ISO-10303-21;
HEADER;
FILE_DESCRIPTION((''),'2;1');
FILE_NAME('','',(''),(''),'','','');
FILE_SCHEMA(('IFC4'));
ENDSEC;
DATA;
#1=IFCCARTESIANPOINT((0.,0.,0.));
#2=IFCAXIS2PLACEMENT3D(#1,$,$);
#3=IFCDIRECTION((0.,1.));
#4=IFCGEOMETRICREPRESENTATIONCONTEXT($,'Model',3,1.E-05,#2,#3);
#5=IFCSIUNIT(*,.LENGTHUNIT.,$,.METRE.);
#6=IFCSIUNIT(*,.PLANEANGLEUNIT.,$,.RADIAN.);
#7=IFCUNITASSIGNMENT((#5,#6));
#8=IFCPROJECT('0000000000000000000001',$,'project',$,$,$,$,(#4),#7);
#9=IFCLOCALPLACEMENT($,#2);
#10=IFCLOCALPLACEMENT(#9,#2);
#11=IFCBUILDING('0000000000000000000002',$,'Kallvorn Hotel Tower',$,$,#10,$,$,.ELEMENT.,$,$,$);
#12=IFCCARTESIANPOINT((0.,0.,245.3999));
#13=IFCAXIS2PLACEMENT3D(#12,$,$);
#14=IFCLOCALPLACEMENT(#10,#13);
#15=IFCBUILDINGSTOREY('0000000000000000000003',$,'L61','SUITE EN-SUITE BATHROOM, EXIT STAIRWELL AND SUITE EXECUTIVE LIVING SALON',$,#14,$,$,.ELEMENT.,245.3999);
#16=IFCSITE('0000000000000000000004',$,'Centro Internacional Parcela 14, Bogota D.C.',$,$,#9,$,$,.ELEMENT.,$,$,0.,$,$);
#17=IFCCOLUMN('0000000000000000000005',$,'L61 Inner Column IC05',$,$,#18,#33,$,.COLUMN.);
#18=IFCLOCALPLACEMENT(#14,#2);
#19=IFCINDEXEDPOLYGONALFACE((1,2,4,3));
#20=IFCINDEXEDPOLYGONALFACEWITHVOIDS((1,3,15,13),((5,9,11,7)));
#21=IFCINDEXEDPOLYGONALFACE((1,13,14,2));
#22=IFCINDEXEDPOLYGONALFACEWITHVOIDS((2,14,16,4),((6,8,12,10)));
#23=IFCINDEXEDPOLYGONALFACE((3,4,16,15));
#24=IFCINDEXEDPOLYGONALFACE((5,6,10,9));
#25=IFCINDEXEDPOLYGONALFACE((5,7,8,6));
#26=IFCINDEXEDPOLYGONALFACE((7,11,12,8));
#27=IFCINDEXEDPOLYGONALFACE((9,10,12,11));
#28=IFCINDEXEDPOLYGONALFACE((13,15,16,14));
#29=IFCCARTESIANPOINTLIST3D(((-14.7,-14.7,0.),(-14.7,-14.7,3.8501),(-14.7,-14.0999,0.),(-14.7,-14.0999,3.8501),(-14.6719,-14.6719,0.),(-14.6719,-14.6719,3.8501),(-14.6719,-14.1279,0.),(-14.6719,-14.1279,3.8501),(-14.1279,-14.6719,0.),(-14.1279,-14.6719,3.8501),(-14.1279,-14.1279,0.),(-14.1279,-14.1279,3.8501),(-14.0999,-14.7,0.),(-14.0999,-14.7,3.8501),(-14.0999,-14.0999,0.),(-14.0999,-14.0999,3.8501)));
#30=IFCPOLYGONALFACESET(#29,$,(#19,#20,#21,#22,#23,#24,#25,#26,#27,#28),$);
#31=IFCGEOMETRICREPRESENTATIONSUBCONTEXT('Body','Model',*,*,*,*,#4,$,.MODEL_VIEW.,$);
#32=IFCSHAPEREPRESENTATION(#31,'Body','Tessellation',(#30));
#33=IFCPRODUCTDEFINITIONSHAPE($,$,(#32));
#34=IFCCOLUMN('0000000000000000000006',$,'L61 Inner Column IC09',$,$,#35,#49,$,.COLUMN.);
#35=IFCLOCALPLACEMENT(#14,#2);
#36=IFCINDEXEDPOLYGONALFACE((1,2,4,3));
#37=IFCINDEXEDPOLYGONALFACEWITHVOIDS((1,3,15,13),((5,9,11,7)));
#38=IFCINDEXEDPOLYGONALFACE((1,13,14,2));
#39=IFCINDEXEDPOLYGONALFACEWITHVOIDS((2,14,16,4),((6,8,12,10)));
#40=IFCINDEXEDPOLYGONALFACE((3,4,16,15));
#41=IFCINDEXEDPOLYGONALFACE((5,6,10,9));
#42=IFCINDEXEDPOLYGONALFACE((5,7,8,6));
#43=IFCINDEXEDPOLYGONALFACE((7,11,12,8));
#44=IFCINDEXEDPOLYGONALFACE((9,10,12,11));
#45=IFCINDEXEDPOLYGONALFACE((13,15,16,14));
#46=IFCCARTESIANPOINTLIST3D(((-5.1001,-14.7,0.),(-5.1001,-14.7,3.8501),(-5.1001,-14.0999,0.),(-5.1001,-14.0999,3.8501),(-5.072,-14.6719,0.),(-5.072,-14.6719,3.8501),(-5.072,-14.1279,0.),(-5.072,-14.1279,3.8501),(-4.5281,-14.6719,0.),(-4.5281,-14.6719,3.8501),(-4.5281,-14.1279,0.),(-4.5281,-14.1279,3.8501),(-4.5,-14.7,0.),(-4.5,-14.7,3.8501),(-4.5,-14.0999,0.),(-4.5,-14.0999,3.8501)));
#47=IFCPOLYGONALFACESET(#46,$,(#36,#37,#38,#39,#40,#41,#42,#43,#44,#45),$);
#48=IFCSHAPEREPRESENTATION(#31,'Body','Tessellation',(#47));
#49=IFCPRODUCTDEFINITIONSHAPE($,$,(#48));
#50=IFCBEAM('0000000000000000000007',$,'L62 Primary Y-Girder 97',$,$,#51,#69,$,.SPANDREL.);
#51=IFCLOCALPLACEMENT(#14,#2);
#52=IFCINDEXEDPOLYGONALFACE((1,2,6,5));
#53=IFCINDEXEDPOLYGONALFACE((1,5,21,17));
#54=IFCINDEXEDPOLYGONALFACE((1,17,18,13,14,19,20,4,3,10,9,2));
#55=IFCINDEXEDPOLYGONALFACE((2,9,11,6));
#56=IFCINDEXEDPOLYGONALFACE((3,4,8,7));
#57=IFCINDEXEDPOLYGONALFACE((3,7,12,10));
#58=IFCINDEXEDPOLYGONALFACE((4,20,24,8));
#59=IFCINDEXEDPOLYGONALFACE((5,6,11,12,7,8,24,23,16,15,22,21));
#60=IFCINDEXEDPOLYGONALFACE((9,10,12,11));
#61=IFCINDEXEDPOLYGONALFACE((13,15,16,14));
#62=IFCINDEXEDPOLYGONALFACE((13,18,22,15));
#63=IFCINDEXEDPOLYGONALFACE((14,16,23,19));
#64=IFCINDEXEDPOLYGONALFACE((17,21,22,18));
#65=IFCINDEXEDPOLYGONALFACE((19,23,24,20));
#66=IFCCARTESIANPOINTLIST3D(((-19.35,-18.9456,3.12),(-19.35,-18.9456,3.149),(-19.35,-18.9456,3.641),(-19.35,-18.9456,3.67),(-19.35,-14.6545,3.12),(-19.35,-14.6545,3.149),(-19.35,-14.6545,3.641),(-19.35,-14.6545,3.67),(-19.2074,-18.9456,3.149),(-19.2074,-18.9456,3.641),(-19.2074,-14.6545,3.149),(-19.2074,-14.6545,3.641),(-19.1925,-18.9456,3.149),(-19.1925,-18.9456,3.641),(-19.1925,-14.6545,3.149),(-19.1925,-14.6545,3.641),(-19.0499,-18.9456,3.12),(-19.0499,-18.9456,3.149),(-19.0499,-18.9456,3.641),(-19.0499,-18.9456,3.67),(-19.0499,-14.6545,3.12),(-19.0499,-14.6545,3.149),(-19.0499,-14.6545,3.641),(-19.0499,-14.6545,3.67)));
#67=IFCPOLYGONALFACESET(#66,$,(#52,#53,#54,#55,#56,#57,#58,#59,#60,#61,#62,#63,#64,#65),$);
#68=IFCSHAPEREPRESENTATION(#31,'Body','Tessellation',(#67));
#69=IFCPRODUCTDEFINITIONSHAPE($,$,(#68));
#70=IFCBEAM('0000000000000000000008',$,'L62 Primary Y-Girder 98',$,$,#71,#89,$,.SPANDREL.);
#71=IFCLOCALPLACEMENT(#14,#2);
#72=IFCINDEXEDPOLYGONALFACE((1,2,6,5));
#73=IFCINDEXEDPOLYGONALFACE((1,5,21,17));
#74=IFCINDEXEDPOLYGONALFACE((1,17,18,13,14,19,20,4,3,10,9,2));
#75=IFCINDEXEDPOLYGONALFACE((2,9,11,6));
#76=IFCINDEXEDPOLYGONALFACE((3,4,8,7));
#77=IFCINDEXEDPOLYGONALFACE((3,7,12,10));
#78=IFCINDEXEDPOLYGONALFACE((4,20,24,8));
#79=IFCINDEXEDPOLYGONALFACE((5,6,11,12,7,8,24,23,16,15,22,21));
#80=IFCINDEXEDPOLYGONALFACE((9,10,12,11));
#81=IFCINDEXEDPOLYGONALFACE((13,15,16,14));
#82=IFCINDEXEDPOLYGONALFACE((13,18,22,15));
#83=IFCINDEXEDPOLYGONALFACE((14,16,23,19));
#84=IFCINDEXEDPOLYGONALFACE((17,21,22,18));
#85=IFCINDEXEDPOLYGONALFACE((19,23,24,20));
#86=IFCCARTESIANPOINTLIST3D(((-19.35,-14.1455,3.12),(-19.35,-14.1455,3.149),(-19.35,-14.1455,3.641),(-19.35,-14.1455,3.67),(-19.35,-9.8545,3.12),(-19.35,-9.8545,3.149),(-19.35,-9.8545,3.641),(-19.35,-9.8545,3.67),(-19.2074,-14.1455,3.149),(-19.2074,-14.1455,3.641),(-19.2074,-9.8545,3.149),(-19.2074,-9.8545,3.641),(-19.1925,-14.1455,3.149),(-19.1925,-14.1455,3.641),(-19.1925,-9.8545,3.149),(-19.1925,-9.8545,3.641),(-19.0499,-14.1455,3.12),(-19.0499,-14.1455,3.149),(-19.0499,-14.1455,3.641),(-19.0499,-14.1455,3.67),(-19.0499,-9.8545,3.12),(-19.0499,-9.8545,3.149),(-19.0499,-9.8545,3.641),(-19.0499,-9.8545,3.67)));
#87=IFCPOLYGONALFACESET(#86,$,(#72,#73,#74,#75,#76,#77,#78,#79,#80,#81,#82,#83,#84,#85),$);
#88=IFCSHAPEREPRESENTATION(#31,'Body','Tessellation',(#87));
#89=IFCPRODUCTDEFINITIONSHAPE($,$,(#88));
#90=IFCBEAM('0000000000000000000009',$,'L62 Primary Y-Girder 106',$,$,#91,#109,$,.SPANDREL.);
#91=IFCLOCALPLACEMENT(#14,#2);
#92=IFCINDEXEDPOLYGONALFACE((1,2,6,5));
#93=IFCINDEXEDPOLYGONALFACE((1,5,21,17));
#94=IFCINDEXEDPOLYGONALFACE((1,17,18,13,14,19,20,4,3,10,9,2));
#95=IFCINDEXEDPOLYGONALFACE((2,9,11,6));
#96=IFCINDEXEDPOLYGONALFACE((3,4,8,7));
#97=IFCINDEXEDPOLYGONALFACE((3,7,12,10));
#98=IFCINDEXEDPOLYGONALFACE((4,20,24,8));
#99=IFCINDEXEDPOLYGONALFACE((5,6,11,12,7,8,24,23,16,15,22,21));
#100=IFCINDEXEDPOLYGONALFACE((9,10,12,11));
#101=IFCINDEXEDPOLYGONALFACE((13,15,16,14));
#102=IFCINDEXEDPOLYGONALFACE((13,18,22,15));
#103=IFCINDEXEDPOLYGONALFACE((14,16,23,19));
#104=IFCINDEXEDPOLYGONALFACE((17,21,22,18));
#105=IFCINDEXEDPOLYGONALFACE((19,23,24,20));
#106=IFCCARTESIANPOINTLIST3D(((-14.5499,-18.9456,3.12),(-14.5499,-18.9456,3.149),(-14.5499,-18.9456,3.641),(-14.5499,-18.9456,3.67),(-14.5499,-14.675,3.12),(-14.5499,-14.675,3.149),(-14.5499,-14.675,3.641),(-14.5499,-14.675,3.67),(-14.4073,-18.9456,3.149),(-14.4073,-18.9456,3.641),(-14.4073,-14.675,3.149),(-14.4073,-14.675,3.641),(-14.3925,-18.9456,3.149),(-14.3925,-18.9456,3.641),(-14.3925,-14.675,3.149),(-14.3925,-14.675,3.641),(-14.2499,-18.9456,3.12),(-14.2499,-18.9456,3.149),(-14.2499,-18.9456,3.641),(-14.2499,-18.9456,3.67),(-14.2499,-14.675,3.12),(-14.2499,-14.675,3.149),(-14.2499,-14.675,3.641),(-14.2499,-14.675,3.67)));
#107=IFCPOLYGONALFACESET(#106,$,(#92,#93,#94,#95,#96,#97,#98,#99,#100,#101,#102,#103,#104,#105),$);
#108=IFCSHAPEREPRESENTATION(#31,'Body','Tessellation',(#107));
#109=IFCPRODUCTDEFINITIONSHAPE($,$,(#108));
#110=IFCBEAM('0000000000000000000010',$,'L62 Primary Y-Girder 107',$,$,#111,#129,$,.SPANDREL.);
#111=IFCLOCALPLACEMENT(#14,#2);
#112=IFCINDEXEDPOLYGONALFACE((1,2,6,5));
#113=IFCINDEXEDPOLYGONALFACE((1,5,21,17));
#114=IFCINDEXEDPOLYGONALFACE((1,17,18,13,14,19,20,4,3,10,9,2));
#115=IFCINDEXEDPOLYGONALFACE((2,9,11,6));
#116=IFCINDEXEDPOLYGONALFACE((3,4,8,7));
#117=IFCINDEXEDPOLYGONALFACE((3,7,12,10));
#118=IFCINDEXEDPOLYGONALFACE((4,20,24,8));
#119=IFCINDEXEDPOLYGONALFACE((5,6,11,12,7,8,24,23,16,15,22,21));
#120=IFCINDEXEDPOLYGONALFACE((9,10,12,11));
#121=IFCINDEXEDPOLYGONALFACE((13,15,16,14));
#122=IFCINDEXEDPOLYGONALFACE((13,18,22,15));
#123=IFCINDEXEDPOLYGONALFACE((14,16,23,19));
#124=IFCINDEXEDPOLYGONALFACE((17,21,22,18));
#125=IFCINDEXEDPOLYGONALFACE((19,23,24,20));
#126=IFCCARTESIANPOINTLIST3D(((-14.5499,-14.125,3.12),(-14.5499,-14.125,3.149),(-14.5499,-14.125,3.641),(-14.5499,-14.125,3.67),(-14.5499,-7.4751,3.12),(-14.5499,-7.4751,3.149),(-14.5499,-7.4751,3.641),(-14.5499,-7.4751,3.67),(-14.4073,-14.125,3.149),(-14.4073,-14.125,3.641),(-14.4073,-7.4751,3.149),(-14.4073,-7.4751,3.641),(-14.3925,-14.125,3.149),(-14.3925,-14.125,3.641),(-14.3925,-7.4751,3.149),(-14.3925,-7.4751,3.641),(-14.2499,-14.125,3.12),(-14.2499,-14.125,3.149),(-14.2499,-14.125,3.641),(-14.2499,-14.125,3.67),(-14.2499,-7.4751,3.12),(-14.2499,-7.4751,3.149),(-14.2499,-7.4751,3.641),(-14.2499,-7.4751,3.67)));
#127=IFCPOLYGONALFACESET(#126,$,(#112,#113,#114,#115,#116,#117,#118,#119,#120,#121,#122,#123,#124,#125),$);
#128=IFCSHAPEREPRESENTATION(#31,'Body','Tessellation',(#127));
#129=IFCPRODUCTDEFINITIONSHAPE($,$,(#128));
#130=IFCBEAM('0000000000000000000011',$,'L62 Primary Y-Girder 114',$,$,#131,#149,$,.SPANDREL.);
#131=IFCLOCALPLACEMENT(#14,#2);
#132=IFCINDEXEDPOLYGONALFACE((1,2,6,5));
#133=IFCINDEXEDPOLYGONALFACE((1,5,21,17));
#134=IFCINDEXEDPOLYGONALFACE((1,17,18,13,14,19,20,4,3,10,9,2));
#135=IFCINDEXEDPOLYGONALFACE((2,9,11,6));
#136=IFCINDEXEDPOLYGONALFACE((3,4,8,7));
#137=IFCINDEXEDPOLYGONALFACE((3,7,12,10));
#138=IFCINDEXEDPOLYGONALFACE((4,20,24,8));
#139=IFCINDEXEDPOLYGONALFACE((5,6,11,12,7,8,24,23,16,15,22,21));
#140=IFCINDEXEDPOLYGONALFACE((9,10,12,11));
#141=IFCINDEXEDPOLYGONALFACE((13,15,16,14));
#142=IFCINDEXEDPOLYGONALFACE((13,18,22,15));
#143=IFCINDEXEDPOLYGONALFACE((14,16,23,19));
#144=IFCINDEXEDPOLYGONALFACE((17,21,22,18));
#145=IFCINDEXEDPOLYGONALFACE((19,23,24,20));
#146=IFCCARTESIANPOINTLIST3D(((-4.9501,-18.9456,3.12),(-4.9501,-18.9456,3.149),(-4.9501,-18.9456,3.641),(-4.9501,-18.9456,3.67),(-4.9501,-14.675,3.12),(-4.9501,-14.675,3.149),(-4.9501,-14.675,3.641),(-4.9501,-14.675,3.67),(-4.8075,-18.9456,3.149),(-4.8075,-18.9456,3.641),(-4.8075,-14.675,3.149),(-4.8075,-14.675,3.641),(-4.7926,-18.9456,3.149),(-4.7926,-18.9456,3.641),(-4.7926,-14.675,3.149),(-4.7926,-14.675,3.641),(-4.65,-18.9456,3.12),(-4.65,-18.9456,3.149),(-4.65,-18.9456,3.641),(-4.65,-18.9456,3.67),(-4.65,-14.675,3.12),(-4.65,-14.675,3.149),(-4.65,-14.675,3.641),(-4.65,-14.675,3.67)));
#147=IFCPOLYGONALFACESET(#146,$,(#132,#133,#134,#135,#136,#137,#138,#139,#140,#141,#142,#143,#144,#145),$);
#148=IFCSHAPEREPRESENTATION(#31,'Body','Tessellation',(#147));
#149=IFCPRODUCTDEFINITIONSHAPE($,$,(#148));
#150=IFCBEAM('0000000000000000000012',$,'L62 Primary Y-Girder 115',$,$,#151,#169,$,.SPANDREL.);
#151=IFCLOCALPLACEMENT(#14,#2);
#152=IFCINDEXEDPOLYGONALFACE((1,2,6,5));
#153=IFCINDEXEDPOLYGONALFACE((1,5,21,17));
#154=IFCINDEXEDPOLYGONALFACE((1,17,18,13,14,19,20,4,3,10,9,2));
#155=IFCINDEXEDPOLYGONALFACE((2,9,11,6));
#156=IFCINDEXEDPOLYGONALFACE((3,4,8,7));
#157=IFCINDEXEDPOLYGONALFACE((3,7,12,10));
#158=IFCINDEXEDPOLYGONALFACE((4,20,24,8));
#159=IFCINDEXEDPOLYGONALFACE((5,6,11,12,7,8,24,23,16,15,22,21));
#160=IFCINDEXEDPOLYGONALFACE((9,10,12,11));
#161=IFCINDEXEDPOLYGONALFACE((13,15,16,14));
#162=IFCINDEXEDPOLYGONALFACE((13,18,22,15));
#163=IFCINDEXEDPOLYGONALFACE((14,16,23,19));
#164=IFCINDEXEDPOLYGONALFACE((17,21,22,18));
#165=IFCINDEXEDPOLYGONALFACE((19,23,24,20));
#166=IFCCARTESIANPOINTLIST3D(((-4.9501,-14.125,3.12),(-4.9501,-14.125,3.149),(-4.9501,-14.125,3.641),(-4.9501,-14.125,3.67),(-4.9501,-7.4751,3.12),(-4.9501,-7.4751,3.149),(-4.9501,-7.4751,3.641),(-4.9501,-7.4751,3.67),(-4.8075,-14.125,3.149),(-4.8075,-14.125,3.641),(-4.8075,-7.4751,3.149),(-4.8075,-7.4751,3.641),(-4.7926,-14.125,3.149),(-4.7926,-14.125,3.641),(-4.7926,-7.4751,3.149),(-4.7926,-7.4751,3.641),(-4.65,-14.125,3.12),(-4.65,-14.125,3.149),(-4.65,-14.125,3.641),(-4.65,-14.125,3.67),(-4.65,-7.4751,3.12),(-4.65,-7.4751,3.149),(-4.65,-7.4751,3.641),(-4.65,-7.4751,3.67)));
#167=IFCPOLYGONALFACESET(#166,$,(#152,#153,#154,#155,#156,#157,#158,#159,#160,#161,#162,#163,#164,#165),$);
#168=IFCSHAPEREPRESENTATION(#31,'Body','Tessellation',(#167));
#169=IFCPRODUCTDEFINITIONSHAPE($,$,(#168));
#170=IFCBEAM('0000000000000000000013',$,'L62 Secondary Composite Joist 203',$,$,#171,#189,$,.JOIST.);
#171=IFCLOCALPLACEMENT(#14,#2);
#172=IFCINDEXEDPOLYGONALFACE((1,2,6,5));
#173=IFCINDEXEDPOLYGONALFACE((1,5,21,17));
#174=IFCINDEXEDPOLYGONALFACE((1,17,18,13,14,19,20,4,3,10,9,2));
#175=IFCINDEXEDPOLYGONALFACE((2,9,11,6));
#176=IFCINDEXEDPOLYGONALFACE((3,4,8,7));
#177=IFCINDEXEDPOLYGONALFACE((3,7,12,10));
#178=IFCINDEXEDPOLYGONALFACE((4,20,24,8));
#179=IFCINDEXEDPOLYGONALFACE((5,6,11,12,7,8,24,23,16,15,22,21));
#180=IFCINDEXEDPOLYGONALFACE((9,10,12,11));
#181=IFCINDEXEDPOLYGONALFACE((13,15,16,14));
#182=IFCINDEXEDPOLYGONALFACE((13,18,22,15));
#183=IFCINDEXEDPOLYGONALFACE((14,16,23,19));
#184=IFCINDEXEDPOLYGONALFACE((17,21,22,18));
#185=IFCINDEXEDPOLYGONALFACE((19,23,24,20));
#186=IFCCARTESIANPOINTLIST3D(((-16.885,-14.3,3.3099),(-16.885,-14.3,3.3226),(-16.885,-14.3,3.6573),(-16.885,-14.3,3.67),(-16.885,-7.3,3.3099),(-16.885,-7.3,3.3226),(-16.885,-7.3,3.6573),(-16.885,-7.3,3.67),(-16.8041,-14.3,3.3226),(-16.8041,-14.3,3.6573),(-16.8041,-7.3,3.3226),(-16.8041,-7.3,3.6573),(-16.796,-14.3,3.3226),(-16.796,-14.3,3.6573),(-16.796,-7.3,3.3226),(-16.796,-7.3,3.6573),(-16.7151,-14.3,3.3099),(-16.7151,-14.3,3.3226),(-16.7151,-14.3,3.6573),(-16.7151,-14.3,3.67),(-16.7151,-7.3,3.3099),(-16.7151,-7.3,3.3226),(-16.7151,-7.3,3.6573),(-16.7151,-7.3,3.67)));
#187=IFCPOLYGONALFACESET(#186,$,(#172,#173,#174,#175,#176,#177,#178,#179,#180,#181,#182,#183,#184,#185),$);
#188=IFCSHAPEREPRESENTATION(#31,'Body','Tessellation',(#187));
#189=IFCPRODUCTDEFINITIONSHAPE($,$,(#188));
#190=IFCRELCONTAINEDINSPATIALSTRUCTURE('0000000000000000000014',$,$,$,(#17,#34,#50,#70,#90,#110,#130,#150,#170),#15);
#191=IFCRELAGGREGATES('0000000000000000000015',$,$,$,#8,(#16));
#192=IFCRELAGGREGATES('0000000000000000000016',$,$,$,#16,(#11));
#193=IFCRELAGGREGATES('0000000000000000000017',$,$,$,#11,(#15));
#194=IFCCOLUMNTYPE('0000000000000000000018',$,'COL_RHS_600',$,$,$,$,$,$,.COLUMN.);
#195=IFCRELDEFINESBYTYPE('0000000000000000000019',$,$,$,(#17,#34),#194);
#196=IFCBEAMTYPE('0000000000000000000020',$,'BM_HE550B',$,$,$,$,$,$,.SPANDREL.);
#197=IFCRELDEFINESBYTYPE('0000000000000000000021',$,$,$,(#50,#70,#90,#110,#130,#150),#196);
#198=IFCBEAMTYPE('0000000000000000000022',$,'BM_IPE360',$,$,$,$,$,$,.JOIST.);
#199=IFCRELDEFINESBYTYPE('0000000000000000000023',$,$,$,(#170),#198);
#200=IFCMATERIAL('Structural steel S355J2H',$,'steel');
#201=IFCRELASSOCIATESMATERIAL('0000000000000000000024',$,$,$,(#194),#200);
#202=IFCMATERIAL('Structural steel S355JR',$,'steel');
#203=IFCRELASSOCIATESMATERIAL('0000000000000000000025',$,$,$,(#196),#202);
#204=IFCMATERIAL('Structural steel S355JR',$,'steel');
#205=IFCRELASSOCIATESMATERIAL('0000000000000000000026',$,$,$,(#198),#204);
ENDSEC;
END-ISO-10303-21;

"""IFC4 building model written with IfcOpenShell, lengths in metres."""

from ifc_helpers import new_model, si_unit, direction, frame, origin, origin_2d, place, context, subcontext, project, spatial, hollow_rectangle, i_section, extrude, material, material_profile, profile_set, type_object, element, save


model = new_model("IFC4")

# Units and contexts
model_context = context("Model", 3, precision=1e-05, world=origin(), true_north=direction((0.0, 1.0)))
body_context = subcontext(model_context, "Body", "Model", "MODEL_VIEW")
ifc_project = project(units=[si_unit("LENGTHUNIT", "METRE"), si_unit("PLANEANGLEUNIT", "RADIAN")], contexts=[model_context])

# Site, building, storey
site_placement = place(None, origin())
site = spatial("IfcSite", under=ifc_project, at=site_placement, Name="Centro Internacional Parcela 14, Bogota D.C.", CompositionType="ELEMENT", RefElevation=0.0)
building_placement = place(site_placement, origin())
building = spatial("IfcBuilding", under=site, at=building_placement, Name="Kallvorn Hotel Tower", CompositionType="ELEMENT")
storey_placement = place(building_placement, frame((0.0, 0.0, 245.3999)))
storey = spatial("IfcBuildingStorey", under=building, at=storey_placement, Name="L61", Description="SUITE EN-SUITE BATHROOM, EXIT STAIRWELL AND SUITE EXECUTIVE LIVING SALON", CompositionType="ELEMENT", Elevation=245.3999)

# Columns
ifc_material_1 = material(Name="Structural steel S355J2H", Category="steel")
ifc_material_profile_1 = material_profile(ifc_material_1, hollow_rectangle(XDim=0.6001, YDim=0.6001, WallThickness=0.0281, at=origin_2d()), Name="RHS 600x600x28")
ifc_profile_set_1 = profile_set([ifc_material_profile_1], Name="Structural steel S355J2H")
column_type_1 = type_object("IfcColumnType", Name="COL_RHS_600", PredefinedType="COLUMN", material=ifc_profile_set_1)
for number, where, z_axis, x_axis, name in (
    (1, (-14.3999, -14.3999, 0.0), (0.0, 0.0, 1.0), (1.0, 0.0, 0.0), "L61 Inner Column IC05"),
    (2, (-4.8, -14.3999, 0.0), (0.0, 0.0, 1.0), (1.0, 0.0, 0.0), "L61 Inner Column IC09"),
):
    element("IfcColumn", number, at=place(storey_placement, frame(where, z_axis=z_axis, x_axis=x_axis)), inside=storey, type_object=column_type_1, Name=name, PredefinedType="COLUMN", context=body_context, shape_type="SweptSolid", body=[
        extrude(hollow_rectangle(XDim=0.6001, YDim=0.6001, WallThickness=0.0281, at=origin_2d()), origin(), (0.0, 0.0, 1.0), 3.8501),
    ])

# Beams
ifc_material_2 = material(Name="Structural steel S355JR", Category="steel")
ifc_material_profile_2 = material_profile(ifc_material_2, i_section(OverallWidth=0.3, OverallDepth=0.55, WebThickness=0.0149, FlangeThickness=0.0291, at=origin_2d()), Name="HE 550 B")
ifc_profile_set_2 = profile_set([ifc_material_profile_2], Name="Structural steel S355JR")
beam_type_1 = type_object("IfcBeamType", Name="BM_HE550B", PredefinedType="SPANDREL", material=ifc_profile_set_2)
for number, where, z_axis, x_axis, name in (
    (3, (-19.2, -18.9456, 3.395), (0.0, 1.0, 0.0), (-1.0, 0.0, 0.0), "L62 Primary Y-Girder 97"),
    (4, (-19.2, -14.1455, 3.395), (0.0, 1.0, 0.0), (-1.0, 0.0, 0.0), "L62 Primary Y-Girder 98"),
):
    element("IfcBeam", number, at=place(storey_placement, frame(where, z_axis=z_axis, x_axis=x_axis)), inside=storey, type_object=beam_type_1, Name=name, PredefinedType="SPANDREL", context=body_context, shape_type="SweptSolid", body=[
        extrude(i_section(OverallWidth=0.3, OverallDepth=0.55, WebThickness=0.0149, FlangeThickness=0.0291, at=origin_2d()), origin(), (0.0, 0.0, 1.0), 4.291),
    ])
beam_1_placement = place(storey_placement, frame((-14.3999, -18.9456, 3.395), z_axis=(0.0, 1.0, 0.0), x_axis=(-1.0, 0.0, 0.0)))
element("IfcBeam", 5, at=beam_1_placement, inside=storey, type_object=beam_type_1, Name="L62 Primary Y-Girder 106", PredefinedType="SPANDREL", context=body_context, shape_type="SweptSolid", body=[
    extrude(i_section(OverallWidth=0.3, OverallDepth=0.55, WebThickness=0.0149, FlangeThickness=0.0291, at=origin_2d()), origin(), (0.0, 0.0, 1.0), 4.2705),
])
beam_2_placement = place(storey_placement, frame((-14.3999, -14.125, 3.395), z_axis=(0.0, 1.0, 0.0), x_axis=(-1.0, 0.0, 0.0)))
element("IfcBeam", 6, at=beam_2_placement, inside=storey, type_object=beam_type_1, Name="L62 Primary Y-Girder 107", PredefinedType="SPANDREL", context=body_context, shape_type="SweptSolid", body=[
    extrude(i_section(OverallWidth=0.3, OverallDepth=0.55, WebThickness=0.0149, FlangeThickness=0.0291, at=origin_2d()), origin(), (0.0, 0.0, 1.0), 6.6499),
])
beam_3_placement = place(storey_placement, frame((-4.8, -18.9456, 3.395), z_axis=(0.0, 1.0, 0.0), x_axis=(-1.0, 0.0, 0.0)))
element("IfcBeam", 7, at=beam_3_placement, inside=storey, type_object=beam_type_1, Name="L62 Primary Y-Girder 114", PredefinedType="SPANDREL", context=body_context, shape_type="SweptSolid", body=[
    extrude(i_section(OverallWidth=0.3, OverallDepth=0.55, WebThickness=0.0149, FlangeThickness=0.0291, at=origin_2d()), origin(), (0.0, 0.0, 1.0), 4.2705),
])
beam_4_placement = place(storey_placement, frame((-4.8, -14.125, 3.395), z_axis=(0.0, 1.0, 0.0), x_axis=(-1.0, 0.0, 0.0)))
element("IfcBeam", 8, at=beam_4_placement, inside=storey, type_object=beam_type_1, Name="L62 Primary Y-Girder 115", PredefinedType="SPANDREL", context=body_context, shape_type="SweptSolid", body=[
    extrude(i_section(OverallWidth=0.3, OverallDepth=0.55, WebThickness=0.0149, FlangeThickness=0.0291, at=origin_2d()), origin(), (0.0, 0.0, 1.0), 6.6499),
])
ifc_material_3 = material(Name="Structural steel S355JR", Category="steel")
ifc_material_profile_3 = material_profile(ifc_material_3, i_section(OverallWidth=0.1699, OverallDepth=0.3601, WebThickness=0.0081, FlangeThickness=0.0127, at=origin_2d()), Name="IPE 360")
ifc_profile_set_3 = profile_set([ifc_material_profile_3], Name="Structural steel S355JR")
beam_type_2 = type_object("IfcBeamType", Name="BM_IPE360", PredefinedType="JOIST", material=ifc_profile_set_3)
for number, where, z_axis, x_axis, name in (
    (9, (-16.8, -14.3, 3.49), (0.0, 1.0, 0.0), (-1.0, 0.0, 0.0), "L62 Secondary Composite Joist 203"),
):
    element("IfcBeam", number, at=place(storey_placement, frame(where, z_axis=z_axis, x_axis=x_axis)), inside=storey, type_object=beam_type_2, Name=name, PredefinedType="JOIST", context=body_context, shape_type="SweptSolid", body=[
        extrude(i_section(OverallWidth=0.1699, OverallDepth=0.3601, WebThickness=0.0081, FlangeThickness=0.0127, at=origin_2d()), origin(), (0.0, 0.0, 1.0), 7.0),
    ])

save(model, "model.ifc")
